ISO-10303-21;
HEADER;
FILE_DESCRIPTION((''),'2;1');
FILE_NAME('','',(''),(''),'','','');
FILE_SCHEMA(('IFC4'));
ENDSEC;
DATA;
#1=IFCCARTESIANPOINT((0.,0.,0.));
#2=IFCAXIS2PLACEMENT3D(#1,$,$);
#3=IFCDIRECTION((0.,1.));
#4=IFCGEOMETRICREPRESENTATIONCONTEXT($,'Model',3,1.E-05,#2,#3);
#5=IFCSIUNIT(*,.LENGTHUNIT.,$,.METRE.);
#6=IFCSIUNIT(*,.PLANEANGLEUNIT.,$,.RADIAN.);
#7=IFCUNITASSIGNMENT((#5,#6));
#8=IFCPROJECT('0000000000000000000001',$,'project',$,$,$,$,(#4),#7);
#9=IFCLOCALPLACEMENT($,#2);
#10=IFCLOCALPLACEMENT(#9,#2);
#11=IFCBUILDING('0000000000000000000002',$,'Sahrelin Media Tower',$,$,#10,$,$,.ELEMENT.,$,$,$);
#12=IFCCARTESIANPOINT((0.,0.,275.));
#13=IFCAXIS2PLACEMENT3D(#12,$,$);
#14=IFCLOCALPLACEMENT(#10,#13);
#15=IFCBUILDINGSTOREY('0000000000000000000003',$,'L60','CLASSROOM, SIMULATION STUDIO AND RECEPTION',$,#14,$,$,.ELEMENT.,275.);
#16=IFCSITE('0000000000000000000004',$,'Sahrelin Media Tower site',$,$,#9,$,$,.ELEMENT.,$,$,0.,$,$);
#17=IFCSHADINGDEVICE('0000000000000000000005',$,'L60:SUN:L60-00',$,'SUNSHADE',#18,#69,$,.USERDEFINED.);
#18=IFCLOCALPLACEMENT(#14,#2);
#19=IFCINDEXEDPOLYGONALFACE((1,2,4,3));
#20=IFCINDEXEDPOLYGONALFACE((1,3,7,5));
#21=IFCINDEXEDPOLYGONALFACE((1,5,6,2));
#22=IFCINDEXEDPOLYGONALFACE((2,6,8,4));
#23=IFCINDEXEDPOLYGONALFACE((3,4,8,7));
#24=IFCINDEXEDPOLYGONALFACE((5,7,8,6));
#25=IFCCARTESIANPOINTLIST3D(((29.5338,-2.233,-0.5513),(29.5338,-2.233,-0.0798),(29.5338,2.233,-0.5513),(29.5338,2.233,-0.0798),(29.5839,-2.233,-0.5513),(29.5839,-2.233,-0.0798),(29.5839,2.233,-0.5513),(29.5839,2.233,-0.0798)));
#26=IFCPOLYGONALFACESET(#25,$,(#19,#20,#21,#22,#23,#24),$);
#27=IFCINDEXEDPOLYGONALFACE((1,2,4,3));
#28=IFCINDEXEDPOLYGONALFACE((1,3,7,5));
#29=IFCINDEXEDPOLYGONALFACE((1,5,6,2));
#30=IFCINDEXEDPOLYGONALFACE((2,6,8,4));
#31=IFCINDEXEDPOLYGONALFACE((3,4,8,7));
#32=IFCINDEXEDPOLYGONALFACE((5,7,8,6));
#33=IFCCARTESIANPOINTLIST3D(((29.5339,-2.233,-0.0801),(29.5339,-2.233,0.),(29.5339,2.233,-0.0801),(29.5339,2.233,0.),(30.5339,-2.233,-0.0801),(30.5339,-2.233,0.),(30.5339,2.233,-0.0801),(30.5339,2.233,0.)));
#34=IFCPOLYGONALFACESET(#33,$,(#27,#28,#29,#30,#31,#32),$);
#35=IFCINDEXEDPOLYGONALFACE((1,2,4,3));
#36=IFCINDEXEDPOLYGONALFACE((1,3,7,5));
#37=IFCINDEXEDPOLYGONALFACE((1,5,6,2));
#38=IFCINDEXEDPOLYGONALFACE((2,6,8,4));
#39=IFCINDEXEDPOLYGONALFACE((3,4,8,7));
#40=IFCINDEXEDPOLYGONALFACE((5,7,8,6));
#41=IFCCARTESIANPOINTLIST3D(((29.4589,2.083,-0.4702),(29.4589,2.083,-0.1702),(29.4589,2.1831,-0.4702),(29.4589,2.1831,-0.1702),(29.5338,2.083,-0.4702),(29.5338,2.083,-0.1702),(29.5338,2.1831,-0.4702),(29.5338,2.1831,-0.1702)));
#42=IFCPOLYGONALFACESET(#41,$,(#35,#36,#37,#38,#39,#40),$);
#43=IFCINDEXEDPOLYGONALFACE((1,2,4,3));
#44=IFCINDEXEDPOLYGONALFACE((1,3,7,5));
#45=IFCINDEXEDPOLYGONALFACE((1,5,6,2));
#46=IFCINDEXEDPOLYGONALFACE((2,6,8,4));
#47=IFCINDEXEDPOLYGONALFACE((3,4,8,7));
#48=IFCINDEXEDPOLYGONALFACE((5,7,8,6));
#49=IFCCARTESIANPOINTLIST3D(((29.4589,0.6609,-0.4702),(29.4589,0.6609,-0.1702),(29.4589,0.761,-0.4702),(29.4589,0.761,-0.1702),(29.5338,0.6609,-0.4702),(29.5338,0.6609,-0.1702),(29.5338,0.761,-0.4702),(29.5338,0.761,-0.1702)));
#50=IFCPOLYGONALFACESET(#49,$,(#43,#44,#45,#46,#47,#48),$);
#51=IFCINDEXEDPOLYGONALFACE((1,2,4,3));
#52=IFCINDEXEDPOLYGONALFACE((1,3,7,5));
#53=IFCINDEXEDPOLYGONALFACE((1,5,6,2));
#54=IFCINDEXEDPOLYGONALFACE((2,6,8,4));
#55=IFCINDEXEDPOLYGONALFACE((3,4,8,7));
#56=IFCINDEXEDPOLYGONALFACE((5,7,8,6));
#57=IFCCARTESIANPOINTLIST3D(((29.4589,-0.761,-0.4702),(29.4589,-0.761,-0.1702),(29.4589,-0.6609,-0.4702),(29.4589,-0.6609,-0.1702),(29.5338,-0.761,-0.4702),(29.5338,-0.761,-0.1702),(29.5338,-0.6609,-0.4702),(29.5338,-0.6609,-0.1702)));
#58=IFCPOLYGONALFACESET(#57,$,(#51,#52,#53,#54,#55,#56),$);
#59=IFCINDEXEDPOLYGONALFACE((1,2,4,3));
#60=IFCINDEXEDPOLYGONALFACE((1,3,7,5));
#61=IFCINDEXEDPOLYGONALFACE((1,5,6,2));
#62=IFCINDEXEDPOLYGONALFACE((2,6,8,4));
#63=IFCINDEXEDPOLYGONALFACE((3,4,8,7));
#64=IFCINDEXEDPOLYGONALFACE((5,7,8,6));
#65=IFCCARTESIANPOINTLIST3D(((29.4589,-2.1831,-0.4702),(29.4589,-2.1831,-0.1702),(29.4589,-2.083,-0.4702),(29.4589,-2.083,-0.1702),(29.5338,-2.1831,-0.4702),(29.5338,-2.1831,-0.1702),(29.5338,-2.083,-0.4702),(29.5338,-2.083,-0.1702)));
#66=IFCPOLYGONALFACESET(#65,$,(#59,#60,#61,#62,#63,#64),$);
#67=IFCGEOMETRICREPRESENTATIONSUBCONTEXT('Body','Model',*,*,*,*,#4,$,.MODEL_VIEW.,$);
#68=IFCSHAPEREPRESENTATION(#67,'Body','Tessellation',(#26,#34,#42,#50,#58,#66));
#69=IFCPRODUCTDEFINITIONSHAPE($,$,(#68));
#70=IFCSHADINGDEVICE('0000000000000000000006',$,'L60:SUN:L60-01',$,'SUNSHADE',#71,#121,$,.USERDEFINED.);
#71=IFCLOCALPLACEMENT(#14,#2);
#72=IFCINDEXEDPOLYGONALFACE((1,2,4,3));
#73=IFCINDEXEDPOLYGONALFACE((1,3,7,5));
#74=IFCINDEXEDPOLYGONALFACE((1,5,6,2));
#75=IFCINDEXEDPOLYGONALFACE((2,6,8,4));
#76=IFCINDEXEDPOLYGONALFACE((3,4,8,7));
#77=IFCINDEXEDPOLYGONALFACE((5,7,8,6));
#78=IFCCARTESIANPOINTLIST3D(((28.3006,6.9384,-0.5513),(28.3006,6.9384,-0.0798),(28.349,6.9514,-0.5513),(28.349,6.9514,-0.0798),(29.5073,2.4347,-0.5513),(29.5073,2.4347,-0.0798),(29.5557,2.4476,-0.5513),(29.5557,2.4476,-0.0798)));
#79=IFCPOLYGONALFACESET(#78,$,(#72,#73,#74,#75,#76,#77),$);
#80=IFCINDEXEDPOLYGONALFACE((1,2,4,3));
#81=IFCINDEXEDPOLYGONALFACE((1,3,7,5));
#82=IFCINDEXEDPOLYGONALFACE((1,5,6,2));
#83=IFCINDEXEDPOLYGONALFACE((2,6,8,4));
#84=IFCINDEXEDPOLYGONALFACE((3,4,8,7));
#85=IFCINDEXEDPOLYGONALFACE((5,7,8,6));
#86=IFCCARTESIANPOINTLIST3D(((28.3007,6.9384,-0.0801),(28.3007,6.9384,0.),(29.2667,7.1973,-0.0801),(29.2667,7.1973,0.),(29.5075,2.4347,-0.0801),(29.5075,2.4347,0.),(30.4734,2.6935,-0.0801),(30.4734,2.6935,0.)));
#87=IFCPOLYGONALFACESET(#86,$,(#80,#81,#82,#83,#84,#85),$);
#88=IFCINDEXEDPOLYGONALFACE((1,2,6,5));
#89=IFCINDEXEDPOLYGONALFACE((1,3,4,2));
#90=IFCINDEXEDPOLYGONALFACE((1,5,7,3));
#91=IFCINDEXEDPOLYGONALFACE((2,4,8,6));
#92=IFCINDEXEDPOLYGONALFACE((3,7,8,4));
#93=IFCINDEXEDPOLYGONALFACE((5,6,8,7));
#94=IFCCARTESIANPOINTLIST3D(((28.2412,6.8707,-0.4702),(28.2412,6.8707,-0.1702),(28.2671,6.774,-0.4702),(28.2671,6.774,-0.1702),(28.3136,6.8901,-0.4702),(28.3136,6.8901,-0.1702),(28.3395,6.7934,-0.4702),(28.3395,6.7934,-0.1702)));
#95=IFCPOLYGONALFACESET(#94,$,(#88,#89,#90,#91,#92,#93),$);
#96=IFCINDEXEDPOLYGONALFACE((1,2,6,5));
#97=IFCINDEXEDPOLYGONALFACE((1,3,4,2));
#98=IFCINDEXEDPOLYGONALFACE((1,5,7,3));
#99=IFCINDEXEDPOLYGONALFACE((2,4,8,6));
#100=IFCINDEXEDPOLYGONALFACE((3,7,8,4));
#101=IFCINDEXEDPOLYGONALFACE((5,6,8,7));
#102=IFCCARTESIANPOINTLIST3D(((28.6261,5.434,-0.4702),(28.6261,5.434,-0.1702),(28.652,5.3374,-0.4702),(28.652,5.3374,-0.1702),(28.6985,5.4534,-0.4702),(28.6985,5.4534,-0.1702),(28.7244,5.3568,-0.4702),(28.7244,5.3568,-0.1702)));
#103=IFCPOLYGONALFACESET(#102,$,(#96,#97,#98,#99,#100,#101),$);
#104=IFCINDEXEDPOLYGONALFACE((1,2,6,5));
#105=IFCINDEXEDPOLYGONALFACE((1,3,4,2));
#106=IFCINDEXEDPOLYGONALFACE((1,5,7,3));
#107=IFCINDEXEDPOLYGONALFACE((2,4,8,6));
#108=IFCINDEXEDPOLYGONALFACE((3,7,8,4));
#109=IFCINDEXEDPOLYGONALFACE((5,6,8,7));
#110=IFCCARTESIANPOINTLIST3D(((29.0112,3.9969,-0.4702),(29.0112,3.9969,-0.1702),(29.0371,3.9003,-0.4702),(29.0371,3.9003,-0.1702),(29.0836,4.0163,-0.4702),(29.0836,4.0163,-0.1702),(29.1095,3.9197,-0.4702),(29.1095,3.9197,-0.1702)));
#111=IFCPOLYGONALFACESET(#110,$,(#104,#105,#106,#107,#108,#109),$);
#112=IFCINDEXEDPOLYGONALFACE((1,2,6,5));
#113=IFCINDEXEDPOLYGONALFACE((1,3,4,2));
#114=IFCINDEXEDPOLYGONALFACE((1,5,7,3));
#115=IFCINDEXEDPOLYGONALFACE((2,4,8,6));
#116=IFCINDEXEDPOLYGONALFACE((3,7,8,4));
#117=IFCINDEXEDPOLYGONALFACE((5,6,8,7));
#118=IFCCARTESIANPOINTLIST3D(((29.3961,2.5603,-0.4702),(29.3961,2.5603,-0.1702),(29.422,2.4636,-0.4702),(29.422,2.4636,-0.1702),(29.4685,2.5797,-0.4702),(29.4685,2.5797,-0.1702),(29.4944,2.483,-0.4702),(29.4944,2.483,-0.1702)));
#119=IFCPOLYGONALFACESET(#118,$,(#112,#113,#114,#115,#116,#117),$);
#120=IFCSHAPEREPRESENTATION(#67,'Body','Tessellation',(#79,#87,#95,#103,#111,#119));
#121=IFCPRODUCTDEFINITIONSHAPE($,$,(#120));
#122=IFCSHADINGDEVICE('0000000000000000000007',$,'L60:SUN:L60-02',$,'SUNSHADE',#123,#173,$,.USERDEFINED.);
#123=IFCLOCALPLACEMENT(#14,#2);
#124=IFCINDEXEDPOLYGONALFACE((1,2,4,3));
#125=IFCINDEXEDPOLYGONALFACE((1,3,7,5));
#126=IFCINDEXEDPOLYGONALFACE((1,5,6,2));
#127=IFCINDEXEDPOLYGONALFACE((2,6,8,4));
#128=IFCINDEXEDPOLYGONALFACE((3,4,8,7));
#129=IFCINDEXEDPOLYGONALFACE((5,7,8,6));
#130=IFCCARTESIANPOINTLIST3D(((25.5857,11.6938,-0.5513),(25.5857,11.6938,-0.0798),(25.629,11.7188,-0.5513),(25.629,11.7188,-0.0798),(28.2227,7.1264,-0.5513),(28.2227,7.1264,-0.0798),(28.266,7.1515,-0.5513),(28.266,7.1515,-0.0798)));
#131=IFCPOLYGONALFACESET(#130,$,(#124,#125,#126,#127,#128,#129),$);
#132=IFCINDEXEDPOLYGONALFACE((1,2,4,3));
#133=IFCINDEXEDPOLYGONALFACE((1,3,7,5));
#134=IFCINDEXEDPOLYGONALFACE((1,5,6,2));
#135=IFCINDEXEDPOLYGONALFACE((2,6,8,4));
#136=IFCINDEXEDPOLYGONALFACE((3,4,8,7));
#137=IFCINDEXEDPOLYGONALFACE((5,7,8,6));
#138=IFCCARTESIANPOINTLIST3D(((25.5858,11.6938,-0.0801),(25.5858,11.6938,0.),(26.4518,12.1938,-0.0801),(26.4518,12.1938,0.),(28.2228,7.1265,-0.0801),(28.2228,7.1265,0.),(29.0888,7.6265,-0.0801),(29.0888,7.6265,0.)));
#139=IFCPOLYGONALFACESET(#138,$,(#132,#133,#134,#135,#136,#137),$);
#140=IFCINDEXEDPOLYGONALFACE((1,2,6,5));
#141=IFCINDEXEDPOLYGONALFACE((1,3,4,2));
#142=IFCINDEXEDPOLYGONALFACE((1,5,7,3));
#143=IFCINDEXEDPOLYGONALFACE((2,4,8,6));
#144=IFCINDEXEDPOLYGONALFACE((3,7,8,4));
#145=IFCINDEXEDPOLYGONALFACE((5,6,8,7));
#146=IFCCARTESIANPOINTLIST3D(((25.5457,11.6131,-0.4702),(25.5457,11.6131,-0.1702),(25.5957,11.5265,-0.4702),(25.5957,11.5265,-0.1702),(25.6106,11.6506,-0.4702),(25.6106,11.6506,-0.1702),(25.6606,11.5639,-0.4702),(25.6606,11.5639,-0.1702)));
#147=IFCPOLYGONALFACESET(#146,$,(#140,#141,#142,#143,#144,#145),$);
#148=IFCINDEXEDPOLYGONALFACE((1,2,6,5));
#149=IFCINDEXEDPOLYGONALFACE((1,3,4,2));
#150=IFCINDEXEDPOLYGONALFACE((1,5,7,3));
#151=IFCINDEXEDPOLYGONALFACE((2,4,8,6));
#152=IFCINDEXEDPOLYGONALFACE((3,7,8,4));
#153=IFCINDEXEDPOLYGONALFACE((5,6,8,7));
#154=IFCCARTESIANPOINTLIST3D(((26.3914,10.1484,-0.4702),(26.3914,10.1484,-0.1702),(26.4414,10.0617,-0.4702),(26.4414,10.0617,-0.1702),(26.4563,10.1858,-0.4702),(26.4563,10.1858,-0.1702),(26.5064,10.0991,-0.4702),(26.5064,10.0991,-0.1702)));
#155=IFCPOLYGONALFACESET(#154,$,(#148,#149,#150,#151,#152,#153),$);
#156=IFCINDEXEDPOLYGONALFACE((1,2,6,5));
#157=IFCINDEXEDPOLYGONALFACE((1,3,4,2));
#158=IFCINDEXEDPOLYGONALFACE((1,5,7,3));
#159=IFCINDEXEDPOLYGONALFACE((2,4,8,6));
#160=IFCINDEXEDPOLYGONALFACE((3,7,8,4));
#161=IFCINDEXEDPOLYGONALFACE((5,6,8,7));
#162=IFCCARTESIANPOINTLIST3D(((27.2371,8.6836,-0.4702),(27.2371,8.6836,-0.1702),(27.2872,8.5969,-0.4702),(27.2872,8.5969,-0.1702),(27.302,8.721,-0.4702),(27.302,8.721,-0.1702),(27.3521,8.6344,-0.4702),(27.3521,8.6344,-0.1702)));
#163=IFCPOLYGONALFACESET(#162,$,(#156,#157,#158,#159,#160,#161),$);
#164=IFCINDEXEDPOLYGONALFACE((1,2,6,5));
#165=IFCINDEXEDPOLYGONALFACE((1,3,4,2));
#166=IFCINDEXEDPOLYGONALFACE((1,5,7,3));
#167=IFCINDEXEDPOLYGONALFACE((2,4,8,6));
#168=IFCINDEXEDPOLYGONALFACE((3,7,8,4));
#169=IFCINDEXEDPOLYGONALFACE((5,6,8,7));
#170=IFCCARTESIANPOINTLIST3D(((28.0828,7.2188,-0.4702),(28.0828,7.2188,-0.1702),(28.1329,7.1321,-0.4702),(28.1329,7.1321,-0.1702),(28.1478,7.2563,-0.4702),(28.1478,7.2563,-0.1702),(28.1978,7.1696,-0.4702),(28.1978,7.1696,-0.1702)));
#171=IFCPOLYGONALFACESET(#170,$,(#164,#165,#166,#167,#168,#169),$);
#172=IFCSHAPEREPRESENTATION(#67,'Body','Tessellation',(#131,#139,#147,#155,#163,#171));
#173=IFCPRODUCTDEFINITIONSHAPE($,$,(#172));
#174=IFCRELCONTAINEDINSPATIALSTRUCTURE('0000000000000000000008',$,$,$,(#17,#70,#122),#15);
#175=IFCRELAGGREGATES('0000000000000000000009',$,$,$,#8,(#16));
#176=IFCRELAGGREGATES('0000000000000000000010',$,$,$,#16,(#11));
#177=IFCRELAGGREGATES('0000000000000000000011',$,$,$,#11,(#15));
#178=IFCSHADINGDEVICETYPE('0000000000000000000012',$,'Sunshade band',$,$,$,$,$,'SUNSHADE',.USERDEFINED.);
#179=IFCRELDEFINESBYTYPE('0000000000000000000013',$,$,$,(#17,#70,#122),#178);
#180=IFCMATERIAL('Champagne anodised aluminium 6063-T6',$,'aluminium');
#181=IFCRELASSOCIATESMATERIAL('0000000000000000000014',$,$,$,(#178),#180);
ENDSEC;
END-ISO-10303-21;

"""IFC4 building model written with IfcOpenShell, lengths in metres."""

from ifc_helpers import new_model, si_unit, direction, frame, origin, origin_2d, place, context, subcontext, project, spatial, rectangle, extrude, material, type_object, element, save


model = new_model("IFC4")

# Units and contexts
model_context = context("Model", 3, precision=1e-05, world=origin(), true_north=direction((0.0, 1.0)))
body_context = subcontext(model_context, "Body", "Model", "MODEL_VIEW")
ifc_project = project(units=[si_unit("LENGTHUNIT", "METRE"), si_unit("PLANEANGLEUNIT", "RADIAN")], contexts=[model_context])

# Site, building, storey
site_placement = place(None, origin())
site = spatial("IfcSite", under=ifc_project, at=site_placement, Name="Sahrelin Media Tower site", CompositionType="ELEMENT", RefElevation=0.0)
building_placement = place(site_placement, origin())
building = spatial("IfcBuilding", under=site, at=building_placement, Name="Sahrelin Media Tower", CompositionType="ELEMENT")
storey_placement = place(building_placement, frame((0.0, 0.0, 275.0)))
storey = spatial("IfcBuildingStorey", under=building, at=storey_placement, Name="L60", Description="CLASSROOM, SIMULATION STUDIO AND RECEPTION", CompositionType="ELEMENT", Elevation=275.0)

# Shared definitions
ifc_material_1 = material(Name="Champagne anodised aluminium 6063-T6", Category="aluminium")

# Shading devices
placement_1 = place(storey_placement, frame((29.5139, 0.0, 0.0), z_axis=(0.0, 0.0, 1.0), x_axis=(0.0, -1.0, 0.0)))
placement_2 = place(storey_placement, frame((28.8848, 4.6814, 0.0), z_axis=(0.0, 0.0, 1.0), x_axis=(0.258808, -0.965929, 0.0)))
placement_3 = place(storey_placement, frame((26.887, 9.4001, 0.0), z_axis=(0.0, 0.0, 1.0), x_axis=(0.500011, -0.866019, 0.0)))
shading_device_type_1 = type_object("IfcShadingDeviceType", Name="Sunshade band", ElementType="SUNSHADE", PredefinedType="USERDEFINED", material=ifc_material_1)
element("IfcShadingDevice", 1, at=placement_1, inside=storey, type_object=shading_device_type_1, Name="L60:SUN:L60-00", ObjectType="SUNSHADE", PredefinedType="USERDEFINED", context=body_context, shape_type="SweptSolid", body=[
    extrude(rectangle(XDim=4.4661, YDim=0.05, at=origin_2d()), frame((0.0, 0.0449, -0.5513)), (0.0, 0.0, 1.0), 0.4714),
    extrude(rectangle(XDim=4.4661, YDim=1.0, at=origin_2d()), frame((0.0, 0.52, -0.0801)), (0.0, 0.0, 1.0), 0.0801),
    extrude(rectangle(XDim=0.1001, YDim=0.075, at=origin_2d()), frame((-2.1331, -0.0176, -0.4702)), (0.0, 0.0, 1.0), 0.3),
    extrude(rectangle(XDim=0.1001, YDim=0.075, at=origin_2d()), frame((-0.7109, -0.0176, -0.4702)), (0.0, 0.0, 1.0), 0.3),
    extrude(rectangle(XDim=0.1001, YDim=0.075, at=origin_2d()), frame((0.7109, -0.0176, -0.4702)), (0.0, 0.0, 1.0), 0.3),
    extrude(rectangle(XDim=0.1001, YDim=0.075, at=origin_2d()), frame((2.1331, -0.0176, -0.4702)), (0.0, 0.0, 1.0), 0.3),
])
element("IfcShadingDevice", 2, at=placement_2, inside=storey, type_object=shading_device_type_1, Name="L60:SUN:L60-01", ObjectType="SUNSHADE", PredefinedType="USERDEFINED", context=body_context, shape_type="SweptSolid", body=[
    extrude(rectangle(XDim=4.6626, YDim=0.05, at=origin_2d()), frame((0.0, 0.0449, -0.5513)), (0.0, 0.0, 1.0), 0.4714),
    extrude(rectangle(XDim=4.6626, YDim=1.0, at=origin_2d()), frame((0.0, 0.52, -0.0801)), (0.0, 0.0, 1.0), 0.0801),
    extrude(rectangle(XDim=0.1001, YDim=0.075, at=origin_2d()), frame((-2.2312, -0.0176, -0.4702)), (0.0, 0.0, 1.0), 0.3),
    extrude(rectangle(XDim=0.1001, YDim=0.075, at=origin_2d()), frame((-0.7439, -0.0176, -0.4702)), (0.0, 0.0, 1.0), 0.3),
    extrude(rectangle(XDim=0.1001, YDim=0.075, at=origin_2d()), frame((0.7439, -0.0176, -0.4702)), (0.0, 0.0, 1.0), 0.3),
    extrude(rectangle(XDim=0.1001, YDim=0.075, at=origin_2d()), frame((2.2312, -0.0176, -0.4702)), (0.0, 0.0, 1.0), 0.3),
])
element("IfcShadingDevice", 3, at=placement_3, inside=storey, type_object=shading_device_type_1, Name="L60:SUN:L60-02", ObjectType="SUNSHADE", PredefinedType="USERDEFINED", context=body_context, shape_type="SweptSolid", body=[
    extrude(rectangle(XDim=5.2739, YDim=0.05, at=origin_2d()), frame((0.0, 0.0449, -0.5513)), (0.0, 0.0, 1.0), 0.4714),
    extrude(rectangle(XDim=5.2739, YDim=1.0, at=origin_2d()), frame((0.0, 0.52, -0.0801)), (0.0, 0.0, 1.0), 0.0801),
    extrude(rectangle(XDim=0.1001, YDim=0.075, at=origin_2d()), frame((-2.5371, -0.0176, -0.4702)), (0.0, 0.0, 1.0), 0.3),
    extrude(rectangle(XDim=0.1001, YDim=0.075, at=origin_2d()), frame((-0.8457, -0.0176, -0.4702)), (0.0, 0.0, 1.0), 0.3),
    extrude(rectangle(XDim=0.1001, YDim=0.075, at=origin_2d()), frame((0.8457, -0.0176, -0.4702)), (0.0, 0.0, 1.0), 0.3),
    extrude(rectangle(XDim=0.1001, YDim=0.075, at=origin_2d()), frame((2.5371, -0.0176, -0.4702)), (0.0, 0.0, 1.0), 0.3),
])

save(model, "model.ifc")
